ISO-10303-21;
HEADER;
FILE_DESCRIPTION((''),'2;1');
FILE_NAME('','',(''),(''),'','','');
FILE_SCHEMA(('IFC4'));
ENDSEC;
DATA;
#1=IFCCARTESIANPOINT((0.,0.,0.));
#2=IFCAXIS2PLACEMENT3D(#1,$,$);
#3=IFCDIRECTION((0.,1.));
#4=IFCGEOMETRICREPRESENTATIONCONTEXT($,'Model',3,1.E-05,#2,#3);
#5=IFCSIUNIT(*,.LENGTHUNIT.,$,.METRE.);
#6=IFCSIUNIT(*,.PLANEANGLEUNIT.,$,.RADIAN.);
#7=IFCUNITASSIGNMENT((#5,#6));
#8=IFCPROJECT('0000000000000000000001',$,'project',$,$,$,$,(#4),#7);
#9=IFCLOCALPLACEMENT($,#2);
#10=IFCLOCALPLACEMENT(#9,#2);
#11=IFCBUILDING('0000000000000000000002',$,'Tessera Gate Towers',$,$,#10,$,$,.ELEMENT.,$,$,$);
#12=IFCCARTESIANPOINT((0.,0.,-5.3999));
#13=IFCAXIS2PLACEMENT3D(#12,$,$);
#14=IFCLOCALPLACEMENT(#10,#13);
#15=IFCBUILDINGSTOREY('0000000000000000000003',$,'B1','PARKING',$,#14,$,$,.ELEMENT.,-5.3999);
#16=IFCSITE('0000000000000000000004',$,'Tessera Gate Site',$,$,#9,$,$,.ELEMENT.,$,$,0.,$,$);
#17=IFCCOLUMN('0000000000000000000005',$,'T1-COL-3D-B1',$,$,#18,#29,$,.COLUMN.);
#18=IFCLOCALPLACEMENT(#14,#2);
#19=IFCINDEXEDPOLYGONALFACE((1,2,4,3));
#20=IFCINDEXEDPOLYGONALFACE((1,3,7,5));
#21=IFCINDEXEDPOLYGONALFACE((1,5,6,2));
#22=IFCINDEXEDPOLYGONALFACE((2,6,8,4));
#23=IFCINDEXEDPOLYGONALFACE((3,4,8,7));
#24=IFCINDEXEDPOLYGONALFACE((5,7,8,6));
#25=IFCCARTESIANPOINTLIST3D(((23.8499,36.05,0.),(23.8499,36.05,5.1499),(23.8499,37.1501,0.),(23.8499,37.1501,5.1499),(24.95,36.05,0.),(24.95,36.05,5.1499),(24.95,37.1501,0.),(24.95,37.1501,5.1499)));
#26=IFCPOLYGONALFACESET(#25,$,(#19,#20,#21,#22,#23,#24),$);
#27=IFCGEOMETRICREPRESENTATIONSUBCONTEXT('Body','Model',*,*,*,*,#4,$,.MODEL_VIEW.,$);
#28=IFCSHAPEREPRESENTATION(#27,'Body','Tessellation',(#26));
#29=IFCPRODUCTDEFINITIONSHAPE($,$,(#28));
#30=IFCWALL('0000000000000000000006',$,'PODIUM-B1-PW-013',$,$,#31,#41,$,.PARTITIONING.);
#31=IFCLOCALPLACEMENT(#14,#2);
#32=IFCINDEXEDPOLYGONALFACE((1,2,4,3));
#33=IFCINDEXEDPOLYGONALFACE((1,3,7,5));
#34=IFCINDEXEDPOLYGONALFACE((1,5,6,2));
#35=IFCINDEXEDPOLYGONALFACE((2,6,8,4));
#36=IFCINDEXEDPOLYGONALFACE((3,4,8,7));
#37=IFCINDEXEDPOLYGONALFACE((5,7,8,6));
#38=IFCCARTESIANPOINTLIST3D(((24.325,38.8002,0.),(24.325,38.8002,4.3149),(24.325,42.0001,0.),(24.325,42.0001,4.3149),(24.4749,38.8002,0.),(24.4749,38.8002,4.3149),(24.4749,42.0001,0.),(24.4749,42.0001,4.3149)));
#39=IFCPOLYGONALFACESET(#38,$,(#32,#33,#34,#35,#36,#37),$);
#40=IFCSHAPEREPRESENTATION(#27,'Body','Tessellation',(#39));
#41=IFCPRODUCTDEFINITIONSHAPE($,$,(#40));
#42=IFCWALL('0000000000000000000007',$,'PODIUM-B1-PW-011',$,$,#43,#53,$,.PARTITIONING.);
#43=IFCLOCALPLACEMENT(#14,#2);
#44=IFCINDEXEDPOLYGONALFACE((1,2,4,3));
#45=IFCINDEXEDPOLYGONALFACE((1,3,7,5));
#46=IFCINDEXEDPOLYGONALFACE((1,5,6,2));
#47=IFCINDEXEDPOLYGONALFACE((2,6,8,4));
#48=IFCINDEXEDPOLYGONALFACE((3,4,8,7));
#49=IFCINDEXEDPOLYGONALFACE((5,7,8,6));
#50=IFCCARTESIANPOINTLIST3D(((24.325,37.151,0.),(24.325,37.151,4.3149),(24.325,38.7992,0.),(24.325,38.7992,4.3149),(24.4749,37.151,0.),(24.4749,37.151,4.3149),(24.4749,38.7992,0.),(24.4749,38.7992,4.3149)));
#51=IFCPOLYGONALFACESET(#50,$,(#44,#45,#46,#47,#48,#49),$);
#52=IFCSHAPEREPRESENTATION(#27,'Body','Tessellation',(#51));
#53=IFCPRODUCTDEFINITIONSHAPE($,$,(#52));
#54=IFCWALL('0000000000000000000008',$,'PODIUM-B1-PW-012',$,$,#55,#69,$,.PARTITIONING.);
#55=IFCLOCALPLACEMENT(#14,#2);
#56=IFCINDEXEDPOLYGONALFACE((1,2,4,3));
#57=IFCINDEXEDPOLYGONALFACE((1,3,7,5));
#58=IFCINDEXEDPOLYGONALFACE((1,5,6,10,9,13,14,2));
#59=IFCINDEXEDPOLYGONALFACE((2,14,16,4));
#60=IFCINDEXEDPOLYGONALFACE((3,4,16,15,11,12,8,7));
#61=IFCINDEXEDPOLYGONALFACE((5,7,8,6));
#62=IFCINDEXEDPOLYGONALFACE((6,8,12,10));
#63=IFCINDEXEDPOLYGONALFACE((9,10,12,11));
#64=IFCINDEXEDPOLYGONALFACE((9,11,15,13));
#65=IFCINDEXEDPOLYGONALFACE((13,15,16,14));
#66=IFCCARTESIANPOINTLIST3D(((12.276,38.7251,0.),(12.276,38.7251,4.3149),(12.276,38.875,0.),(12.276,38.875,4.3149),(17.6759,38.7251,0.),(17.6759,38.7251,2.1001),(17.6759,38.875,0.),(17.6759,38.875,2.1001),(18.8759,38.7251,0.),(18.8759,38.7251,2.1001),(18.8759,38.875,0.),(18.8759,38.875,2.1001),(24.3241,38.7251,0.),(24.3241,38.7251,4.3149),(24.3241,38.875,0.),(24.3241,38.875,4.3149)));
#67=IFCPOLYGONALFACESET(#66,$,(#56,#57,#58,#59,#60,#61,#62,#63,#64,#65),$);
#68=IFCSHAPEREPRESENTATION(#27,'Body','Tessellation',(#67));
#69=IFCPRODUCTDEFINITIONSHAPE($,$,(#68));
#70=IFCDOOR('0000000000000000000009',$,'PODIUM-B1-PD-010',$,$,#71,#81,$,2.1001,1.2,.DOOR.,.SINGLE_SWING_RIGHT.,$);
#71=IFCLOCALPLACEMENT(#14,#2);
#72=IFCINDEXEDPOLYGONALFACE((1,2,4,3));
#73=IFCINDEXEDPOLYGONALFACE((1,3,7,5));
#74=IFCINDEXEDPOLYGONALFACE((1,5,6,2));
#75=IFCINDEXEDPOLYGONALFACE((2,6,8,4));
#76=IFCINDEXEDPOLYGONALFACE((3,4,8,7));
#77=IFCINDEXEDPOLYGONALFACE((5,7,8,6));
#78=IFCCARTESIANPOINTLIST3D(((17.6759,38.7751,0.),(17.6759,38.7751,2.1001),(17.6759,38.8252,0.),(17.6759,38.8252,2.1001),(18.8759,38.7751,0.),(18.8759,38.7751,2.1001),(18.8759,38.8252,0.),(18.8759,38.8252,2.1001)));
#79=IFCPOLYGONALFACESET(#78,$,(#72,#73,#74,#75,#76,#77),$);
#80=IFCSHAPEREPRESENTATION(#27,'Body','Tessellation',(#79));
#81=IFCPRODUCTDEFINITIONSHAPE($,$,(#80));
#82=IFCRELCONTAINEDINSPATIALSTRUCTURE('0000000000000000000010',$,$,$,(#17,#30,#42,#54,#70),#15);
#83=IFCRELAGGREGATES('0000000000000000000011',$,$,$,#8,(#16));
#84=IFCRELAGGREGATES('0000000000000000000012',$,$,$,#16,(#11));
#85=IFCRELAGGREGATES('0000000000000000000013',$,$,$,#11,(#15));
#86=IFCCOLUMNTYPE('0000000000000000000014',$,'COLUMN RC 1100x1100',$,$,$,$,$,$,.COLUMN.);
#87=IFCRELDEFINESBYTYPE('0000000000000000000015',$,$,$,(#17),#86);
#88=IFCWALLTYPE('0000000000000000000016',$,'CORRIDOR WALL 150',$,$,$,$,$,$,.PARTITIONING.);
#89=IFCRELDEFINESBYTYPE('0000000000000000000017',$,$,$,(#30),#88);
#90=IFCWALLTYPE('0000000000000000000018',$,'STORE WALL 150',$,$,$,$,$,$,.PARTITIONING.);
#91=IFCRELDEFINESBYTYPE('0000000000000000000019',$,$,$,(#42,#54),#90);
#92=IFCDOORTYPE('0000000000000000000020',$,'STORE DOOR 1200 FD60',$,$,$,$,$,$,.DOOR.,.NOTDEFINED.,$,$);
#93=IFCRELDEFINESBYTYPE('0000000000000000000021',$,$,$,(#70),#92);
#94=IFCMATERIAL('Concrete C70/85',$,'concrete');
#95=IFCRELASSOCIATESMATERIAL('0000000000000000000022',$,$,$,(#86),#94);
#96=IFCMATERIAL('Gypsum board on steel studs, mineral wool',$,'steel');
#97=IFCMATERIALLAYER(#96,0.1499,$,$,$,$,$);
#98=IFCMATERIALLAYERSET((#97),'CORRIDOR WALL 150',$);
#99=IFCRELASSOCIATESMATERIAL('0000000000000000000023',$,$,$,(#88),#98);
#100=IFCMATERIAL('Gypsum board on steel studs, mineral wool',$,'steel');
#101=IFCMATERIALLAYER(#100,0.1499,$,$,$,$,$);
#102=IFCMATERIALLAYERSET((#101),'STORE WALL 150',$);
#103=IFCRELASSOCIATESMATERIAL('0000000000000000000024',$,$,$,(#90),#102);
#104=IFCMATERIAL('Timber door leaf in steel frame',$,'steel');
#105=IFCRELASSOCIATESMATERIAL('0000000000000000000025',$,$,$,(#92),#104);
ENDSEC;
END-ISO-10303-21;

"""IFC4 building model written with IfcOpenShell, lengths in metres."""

from ifc_helpers import new_model, si_unit, direction, frame, frame_2d, origin, origin_2d, place, context, subcontext, project, spatial, rectangle, extrude, source, transform, mapped, material, layer, layer_set, material_profile, profile_set, type_object, element, fill, save


model = new_model("IFC4")

# Units and contexts
model_context = context("Model", 3, precision=1e-05, world=origin(), true_north=direction((0.0, 1.0)))
body_context = subcontext(model_context, "Body", "Model", "MODEL_VIEW")
ifc_project = project(units=[si_unit("LENGTHUNIT", "METRE"), si_unit("PLANEANGLEUNIT", "RADIAN")], contexts=[model_context])

# Site, building, storey
site_placement = place(None, origin())
site = spatial("IfcSite", under=ifc_project, at=site_placement, Name="Tessera Gate Site", CompositionType="ELEMENT", RefElevation=0.0)
building_placement = place(site_placement, origin())
building = spatial("IfcBuilding", under=site, at=building_placement, Name="Tessera Gate Towers", CompositionType="ELEMENT")
storey_placement = place(building_placement, frame((0.0, 0.0, -5.3999)))
storey = spatial("IfcBuildingStorey", under=building, at=storey_placement, Name="B1", Description="PARKING", CompositionType="ELEMENT", Elevation=-5.3999)

# Column
ifc_material_1 = material(Name="Concrete C70/85", Category="concrete")
ifc_material_profile_1 = material_profile(ifc_material_1, rectangle(XDim=1.1001, YDim=1.1001, at=origin_2d()), Name="RC 1100x1100")
ifc_profile_set_1 = profile_set([ifc_material_profile_1], Name="Concrete C70/85")
column_type = type_object("IfcColumnType", Name="COLUMN RC 1100x1100", PredefinedType="COLUMN", material=ifc_profile_set_1)
column_placement = place(storey_placement, frame((24.3999, 36.6001, 0.0), z_axis=(0.0, 0.0, 1.0), x_axis=(1.0, 0.0, 0.0)))
element("IfcColumn", 1, at=column_placement, inside=storey, type_object=column_type, Name="T1-COL-3D-B1", PredefinedType="COLUMN", context=body_context, shape_type="SweptSolid", body=[
    extrude(rectangle(XDim=1.1001, YDim=1.1001, at=origin_2d()), origin(), (0.0, 0.0, 1.0), 5.1499),
])

# Walls
ifc_material_2 = material(Name="Gypsum board on steel studs, mineral wool", Category="steel")
ifc_layer_1 = layer(ifc_material_2, 0.1499)
ifc_layer_set_1 = layer_set([ifc_layer_1], Name="CORRIDOR WALL 150")
wall_type_1 = type_object("IfcWallType", Name="CORRIDOR WALL 150", PredefinedType="PARTITIONING", material=ifc_layer_set_1)
wall_1_placement = place(storey_placement, frame((24.3999, 38.8, 0.0), z_axis=(0.0, 0.0, 1.0), x_axis=(0.0, 1.0, 0.0)))
element("IfcWall", 2, at=wall_1_placement, inside=storey, type_object=wall_type_1, Name="PODIUM-B1-PW-013", PredefinedType="PARTITIONING", context=body_context, shape_type="SweptSolid", body=[
    extrude(rectangle(XDim=3.2, YDim=0.1499, at=frame_2d((1.6001, 0.0))), origin(), (0.0, 0.0, 1.0), 4.3149),
])
ifc_material_3 = material(Name="Gypsum board on steel studs, mineral wool", Category="steel")
ifc_layer_2 = layer(ifc_material_3, 0.1499)
ifc_layer_set_2 = layer_set([ifc_layer_2], Name="STORE WALL 150")
wall_type_2 = type_object("IfcWallType", Name="STORE WALL 150", PredefinedType="PARTITIONING", material=ifc_layer_set_2)
wall_2_placement = place(storey_placement, frame((24.3999, 37.1509, 0.0), z_axis=(0.0, 0.0, 1.0), x_axis=(0.0, 1.0, 0.0)))
element("IfcWall", 3, at=wall_2_placement, inside=storey, type_object=wall_type_2, Name="PODIUM-B1-PW-011", PredefinedType="PARTITIONING", context=body_context, shape_type="SweptSolid", body=[
    extrude(rectangle(XDim=1.6482, YDim=0.1499, at=frame_2d((0.8242, 0.0))), origin(), (0.0, 0.0, 1.0), 4.3149),
])

# Wall, opening, door
wall_3_placement = place(storey_placement, frame((24.324, 38.8, 0.0), z_axis=(0.0, 0.0, 1.0), x_axis=(-1.0, 0.0, 0.0)))
wall_3 = element("IfcWall", 4, at=wall_3_placement, inside=storey, type_object=wall_type_2, Name="PODIUM-B1-PW-012", PredefinedType="PARTITIONING", context=body_context, shape_type="SweptSolid", body=[
    extrude(rectangle(XDim=12.0481, YDim=0.1499, at=frame_2d((6.0239, 0.0))), origin(), (0.0, 0.0, 1.0), 4.3149),
])
shared_shape_1 = source(origin(), body_context, "Body", "SweptSolid", [
    extrude(rectangle(XDim=1.2, YDim=2.1001, at=frame_2d((0.6001, 1.05))), frame((0.0, 0.085, 0.0), z_axis=(0.0, -1.0, 0.0), x_axis=(1.0, 0.0, 0.0)), (0.0, 0.0, 1.0), 0.1699),
])
opening_placement = place(wall_3_placement, frame((5.448, 0.0, 0.0)))
opening = element("IfcOpeningElement", 5, at=opening_placement, cuts=wall_3, PredefinedType="OPENING", context=body_context, shape_type="MappedRepresentation", body=[
    mapped(shared_shape_1, transform((0.0, 0.0, 0.0), scale=1.0)),
])
ifc_material_4 = material(Name="Timber door leaf in steel frame", Category="steel")
door_type = type_object("IfcDoorType", Name="STORE DOOR 1200 FD60", OperationType="NOTDEFINED", PredefinedType="DOOR", material=ifc_material_4)
shared_shape_2 = source(origin(), body_context, "Body", "SweptSolid", [
    extrude(rectangle(XDim=1.2, YDim=2.1001, at=frame_2d((0.6001, 1.05))), frame((0.0, 0.0249, 0.0), z_axis=(0.0, -1.0, 0.0), x_axis=(1.0, 0.0, 0.0)), (0.0, 0.0, 1.0), 0.05),
])
door_placement = place(opening_placement, origin())
door = element("IfcDoor", 6, at=door_placement, inside=storey, type_object=door_type, Name="PODIUM-B1-PD-010", OperationType="SINGLE_SWING_RIGHT", OverallHeight=2.1001, OverallWidth=1.2, PredefinedType="DOOR", context=body_context, shape_type="MappedRepresentation", body=[
    mapped(shared_shape_2, transform((0.0, 0.0, 0.0), scale=1.0)),
])
fill(opening, door)

save(model, "model.ifc")
